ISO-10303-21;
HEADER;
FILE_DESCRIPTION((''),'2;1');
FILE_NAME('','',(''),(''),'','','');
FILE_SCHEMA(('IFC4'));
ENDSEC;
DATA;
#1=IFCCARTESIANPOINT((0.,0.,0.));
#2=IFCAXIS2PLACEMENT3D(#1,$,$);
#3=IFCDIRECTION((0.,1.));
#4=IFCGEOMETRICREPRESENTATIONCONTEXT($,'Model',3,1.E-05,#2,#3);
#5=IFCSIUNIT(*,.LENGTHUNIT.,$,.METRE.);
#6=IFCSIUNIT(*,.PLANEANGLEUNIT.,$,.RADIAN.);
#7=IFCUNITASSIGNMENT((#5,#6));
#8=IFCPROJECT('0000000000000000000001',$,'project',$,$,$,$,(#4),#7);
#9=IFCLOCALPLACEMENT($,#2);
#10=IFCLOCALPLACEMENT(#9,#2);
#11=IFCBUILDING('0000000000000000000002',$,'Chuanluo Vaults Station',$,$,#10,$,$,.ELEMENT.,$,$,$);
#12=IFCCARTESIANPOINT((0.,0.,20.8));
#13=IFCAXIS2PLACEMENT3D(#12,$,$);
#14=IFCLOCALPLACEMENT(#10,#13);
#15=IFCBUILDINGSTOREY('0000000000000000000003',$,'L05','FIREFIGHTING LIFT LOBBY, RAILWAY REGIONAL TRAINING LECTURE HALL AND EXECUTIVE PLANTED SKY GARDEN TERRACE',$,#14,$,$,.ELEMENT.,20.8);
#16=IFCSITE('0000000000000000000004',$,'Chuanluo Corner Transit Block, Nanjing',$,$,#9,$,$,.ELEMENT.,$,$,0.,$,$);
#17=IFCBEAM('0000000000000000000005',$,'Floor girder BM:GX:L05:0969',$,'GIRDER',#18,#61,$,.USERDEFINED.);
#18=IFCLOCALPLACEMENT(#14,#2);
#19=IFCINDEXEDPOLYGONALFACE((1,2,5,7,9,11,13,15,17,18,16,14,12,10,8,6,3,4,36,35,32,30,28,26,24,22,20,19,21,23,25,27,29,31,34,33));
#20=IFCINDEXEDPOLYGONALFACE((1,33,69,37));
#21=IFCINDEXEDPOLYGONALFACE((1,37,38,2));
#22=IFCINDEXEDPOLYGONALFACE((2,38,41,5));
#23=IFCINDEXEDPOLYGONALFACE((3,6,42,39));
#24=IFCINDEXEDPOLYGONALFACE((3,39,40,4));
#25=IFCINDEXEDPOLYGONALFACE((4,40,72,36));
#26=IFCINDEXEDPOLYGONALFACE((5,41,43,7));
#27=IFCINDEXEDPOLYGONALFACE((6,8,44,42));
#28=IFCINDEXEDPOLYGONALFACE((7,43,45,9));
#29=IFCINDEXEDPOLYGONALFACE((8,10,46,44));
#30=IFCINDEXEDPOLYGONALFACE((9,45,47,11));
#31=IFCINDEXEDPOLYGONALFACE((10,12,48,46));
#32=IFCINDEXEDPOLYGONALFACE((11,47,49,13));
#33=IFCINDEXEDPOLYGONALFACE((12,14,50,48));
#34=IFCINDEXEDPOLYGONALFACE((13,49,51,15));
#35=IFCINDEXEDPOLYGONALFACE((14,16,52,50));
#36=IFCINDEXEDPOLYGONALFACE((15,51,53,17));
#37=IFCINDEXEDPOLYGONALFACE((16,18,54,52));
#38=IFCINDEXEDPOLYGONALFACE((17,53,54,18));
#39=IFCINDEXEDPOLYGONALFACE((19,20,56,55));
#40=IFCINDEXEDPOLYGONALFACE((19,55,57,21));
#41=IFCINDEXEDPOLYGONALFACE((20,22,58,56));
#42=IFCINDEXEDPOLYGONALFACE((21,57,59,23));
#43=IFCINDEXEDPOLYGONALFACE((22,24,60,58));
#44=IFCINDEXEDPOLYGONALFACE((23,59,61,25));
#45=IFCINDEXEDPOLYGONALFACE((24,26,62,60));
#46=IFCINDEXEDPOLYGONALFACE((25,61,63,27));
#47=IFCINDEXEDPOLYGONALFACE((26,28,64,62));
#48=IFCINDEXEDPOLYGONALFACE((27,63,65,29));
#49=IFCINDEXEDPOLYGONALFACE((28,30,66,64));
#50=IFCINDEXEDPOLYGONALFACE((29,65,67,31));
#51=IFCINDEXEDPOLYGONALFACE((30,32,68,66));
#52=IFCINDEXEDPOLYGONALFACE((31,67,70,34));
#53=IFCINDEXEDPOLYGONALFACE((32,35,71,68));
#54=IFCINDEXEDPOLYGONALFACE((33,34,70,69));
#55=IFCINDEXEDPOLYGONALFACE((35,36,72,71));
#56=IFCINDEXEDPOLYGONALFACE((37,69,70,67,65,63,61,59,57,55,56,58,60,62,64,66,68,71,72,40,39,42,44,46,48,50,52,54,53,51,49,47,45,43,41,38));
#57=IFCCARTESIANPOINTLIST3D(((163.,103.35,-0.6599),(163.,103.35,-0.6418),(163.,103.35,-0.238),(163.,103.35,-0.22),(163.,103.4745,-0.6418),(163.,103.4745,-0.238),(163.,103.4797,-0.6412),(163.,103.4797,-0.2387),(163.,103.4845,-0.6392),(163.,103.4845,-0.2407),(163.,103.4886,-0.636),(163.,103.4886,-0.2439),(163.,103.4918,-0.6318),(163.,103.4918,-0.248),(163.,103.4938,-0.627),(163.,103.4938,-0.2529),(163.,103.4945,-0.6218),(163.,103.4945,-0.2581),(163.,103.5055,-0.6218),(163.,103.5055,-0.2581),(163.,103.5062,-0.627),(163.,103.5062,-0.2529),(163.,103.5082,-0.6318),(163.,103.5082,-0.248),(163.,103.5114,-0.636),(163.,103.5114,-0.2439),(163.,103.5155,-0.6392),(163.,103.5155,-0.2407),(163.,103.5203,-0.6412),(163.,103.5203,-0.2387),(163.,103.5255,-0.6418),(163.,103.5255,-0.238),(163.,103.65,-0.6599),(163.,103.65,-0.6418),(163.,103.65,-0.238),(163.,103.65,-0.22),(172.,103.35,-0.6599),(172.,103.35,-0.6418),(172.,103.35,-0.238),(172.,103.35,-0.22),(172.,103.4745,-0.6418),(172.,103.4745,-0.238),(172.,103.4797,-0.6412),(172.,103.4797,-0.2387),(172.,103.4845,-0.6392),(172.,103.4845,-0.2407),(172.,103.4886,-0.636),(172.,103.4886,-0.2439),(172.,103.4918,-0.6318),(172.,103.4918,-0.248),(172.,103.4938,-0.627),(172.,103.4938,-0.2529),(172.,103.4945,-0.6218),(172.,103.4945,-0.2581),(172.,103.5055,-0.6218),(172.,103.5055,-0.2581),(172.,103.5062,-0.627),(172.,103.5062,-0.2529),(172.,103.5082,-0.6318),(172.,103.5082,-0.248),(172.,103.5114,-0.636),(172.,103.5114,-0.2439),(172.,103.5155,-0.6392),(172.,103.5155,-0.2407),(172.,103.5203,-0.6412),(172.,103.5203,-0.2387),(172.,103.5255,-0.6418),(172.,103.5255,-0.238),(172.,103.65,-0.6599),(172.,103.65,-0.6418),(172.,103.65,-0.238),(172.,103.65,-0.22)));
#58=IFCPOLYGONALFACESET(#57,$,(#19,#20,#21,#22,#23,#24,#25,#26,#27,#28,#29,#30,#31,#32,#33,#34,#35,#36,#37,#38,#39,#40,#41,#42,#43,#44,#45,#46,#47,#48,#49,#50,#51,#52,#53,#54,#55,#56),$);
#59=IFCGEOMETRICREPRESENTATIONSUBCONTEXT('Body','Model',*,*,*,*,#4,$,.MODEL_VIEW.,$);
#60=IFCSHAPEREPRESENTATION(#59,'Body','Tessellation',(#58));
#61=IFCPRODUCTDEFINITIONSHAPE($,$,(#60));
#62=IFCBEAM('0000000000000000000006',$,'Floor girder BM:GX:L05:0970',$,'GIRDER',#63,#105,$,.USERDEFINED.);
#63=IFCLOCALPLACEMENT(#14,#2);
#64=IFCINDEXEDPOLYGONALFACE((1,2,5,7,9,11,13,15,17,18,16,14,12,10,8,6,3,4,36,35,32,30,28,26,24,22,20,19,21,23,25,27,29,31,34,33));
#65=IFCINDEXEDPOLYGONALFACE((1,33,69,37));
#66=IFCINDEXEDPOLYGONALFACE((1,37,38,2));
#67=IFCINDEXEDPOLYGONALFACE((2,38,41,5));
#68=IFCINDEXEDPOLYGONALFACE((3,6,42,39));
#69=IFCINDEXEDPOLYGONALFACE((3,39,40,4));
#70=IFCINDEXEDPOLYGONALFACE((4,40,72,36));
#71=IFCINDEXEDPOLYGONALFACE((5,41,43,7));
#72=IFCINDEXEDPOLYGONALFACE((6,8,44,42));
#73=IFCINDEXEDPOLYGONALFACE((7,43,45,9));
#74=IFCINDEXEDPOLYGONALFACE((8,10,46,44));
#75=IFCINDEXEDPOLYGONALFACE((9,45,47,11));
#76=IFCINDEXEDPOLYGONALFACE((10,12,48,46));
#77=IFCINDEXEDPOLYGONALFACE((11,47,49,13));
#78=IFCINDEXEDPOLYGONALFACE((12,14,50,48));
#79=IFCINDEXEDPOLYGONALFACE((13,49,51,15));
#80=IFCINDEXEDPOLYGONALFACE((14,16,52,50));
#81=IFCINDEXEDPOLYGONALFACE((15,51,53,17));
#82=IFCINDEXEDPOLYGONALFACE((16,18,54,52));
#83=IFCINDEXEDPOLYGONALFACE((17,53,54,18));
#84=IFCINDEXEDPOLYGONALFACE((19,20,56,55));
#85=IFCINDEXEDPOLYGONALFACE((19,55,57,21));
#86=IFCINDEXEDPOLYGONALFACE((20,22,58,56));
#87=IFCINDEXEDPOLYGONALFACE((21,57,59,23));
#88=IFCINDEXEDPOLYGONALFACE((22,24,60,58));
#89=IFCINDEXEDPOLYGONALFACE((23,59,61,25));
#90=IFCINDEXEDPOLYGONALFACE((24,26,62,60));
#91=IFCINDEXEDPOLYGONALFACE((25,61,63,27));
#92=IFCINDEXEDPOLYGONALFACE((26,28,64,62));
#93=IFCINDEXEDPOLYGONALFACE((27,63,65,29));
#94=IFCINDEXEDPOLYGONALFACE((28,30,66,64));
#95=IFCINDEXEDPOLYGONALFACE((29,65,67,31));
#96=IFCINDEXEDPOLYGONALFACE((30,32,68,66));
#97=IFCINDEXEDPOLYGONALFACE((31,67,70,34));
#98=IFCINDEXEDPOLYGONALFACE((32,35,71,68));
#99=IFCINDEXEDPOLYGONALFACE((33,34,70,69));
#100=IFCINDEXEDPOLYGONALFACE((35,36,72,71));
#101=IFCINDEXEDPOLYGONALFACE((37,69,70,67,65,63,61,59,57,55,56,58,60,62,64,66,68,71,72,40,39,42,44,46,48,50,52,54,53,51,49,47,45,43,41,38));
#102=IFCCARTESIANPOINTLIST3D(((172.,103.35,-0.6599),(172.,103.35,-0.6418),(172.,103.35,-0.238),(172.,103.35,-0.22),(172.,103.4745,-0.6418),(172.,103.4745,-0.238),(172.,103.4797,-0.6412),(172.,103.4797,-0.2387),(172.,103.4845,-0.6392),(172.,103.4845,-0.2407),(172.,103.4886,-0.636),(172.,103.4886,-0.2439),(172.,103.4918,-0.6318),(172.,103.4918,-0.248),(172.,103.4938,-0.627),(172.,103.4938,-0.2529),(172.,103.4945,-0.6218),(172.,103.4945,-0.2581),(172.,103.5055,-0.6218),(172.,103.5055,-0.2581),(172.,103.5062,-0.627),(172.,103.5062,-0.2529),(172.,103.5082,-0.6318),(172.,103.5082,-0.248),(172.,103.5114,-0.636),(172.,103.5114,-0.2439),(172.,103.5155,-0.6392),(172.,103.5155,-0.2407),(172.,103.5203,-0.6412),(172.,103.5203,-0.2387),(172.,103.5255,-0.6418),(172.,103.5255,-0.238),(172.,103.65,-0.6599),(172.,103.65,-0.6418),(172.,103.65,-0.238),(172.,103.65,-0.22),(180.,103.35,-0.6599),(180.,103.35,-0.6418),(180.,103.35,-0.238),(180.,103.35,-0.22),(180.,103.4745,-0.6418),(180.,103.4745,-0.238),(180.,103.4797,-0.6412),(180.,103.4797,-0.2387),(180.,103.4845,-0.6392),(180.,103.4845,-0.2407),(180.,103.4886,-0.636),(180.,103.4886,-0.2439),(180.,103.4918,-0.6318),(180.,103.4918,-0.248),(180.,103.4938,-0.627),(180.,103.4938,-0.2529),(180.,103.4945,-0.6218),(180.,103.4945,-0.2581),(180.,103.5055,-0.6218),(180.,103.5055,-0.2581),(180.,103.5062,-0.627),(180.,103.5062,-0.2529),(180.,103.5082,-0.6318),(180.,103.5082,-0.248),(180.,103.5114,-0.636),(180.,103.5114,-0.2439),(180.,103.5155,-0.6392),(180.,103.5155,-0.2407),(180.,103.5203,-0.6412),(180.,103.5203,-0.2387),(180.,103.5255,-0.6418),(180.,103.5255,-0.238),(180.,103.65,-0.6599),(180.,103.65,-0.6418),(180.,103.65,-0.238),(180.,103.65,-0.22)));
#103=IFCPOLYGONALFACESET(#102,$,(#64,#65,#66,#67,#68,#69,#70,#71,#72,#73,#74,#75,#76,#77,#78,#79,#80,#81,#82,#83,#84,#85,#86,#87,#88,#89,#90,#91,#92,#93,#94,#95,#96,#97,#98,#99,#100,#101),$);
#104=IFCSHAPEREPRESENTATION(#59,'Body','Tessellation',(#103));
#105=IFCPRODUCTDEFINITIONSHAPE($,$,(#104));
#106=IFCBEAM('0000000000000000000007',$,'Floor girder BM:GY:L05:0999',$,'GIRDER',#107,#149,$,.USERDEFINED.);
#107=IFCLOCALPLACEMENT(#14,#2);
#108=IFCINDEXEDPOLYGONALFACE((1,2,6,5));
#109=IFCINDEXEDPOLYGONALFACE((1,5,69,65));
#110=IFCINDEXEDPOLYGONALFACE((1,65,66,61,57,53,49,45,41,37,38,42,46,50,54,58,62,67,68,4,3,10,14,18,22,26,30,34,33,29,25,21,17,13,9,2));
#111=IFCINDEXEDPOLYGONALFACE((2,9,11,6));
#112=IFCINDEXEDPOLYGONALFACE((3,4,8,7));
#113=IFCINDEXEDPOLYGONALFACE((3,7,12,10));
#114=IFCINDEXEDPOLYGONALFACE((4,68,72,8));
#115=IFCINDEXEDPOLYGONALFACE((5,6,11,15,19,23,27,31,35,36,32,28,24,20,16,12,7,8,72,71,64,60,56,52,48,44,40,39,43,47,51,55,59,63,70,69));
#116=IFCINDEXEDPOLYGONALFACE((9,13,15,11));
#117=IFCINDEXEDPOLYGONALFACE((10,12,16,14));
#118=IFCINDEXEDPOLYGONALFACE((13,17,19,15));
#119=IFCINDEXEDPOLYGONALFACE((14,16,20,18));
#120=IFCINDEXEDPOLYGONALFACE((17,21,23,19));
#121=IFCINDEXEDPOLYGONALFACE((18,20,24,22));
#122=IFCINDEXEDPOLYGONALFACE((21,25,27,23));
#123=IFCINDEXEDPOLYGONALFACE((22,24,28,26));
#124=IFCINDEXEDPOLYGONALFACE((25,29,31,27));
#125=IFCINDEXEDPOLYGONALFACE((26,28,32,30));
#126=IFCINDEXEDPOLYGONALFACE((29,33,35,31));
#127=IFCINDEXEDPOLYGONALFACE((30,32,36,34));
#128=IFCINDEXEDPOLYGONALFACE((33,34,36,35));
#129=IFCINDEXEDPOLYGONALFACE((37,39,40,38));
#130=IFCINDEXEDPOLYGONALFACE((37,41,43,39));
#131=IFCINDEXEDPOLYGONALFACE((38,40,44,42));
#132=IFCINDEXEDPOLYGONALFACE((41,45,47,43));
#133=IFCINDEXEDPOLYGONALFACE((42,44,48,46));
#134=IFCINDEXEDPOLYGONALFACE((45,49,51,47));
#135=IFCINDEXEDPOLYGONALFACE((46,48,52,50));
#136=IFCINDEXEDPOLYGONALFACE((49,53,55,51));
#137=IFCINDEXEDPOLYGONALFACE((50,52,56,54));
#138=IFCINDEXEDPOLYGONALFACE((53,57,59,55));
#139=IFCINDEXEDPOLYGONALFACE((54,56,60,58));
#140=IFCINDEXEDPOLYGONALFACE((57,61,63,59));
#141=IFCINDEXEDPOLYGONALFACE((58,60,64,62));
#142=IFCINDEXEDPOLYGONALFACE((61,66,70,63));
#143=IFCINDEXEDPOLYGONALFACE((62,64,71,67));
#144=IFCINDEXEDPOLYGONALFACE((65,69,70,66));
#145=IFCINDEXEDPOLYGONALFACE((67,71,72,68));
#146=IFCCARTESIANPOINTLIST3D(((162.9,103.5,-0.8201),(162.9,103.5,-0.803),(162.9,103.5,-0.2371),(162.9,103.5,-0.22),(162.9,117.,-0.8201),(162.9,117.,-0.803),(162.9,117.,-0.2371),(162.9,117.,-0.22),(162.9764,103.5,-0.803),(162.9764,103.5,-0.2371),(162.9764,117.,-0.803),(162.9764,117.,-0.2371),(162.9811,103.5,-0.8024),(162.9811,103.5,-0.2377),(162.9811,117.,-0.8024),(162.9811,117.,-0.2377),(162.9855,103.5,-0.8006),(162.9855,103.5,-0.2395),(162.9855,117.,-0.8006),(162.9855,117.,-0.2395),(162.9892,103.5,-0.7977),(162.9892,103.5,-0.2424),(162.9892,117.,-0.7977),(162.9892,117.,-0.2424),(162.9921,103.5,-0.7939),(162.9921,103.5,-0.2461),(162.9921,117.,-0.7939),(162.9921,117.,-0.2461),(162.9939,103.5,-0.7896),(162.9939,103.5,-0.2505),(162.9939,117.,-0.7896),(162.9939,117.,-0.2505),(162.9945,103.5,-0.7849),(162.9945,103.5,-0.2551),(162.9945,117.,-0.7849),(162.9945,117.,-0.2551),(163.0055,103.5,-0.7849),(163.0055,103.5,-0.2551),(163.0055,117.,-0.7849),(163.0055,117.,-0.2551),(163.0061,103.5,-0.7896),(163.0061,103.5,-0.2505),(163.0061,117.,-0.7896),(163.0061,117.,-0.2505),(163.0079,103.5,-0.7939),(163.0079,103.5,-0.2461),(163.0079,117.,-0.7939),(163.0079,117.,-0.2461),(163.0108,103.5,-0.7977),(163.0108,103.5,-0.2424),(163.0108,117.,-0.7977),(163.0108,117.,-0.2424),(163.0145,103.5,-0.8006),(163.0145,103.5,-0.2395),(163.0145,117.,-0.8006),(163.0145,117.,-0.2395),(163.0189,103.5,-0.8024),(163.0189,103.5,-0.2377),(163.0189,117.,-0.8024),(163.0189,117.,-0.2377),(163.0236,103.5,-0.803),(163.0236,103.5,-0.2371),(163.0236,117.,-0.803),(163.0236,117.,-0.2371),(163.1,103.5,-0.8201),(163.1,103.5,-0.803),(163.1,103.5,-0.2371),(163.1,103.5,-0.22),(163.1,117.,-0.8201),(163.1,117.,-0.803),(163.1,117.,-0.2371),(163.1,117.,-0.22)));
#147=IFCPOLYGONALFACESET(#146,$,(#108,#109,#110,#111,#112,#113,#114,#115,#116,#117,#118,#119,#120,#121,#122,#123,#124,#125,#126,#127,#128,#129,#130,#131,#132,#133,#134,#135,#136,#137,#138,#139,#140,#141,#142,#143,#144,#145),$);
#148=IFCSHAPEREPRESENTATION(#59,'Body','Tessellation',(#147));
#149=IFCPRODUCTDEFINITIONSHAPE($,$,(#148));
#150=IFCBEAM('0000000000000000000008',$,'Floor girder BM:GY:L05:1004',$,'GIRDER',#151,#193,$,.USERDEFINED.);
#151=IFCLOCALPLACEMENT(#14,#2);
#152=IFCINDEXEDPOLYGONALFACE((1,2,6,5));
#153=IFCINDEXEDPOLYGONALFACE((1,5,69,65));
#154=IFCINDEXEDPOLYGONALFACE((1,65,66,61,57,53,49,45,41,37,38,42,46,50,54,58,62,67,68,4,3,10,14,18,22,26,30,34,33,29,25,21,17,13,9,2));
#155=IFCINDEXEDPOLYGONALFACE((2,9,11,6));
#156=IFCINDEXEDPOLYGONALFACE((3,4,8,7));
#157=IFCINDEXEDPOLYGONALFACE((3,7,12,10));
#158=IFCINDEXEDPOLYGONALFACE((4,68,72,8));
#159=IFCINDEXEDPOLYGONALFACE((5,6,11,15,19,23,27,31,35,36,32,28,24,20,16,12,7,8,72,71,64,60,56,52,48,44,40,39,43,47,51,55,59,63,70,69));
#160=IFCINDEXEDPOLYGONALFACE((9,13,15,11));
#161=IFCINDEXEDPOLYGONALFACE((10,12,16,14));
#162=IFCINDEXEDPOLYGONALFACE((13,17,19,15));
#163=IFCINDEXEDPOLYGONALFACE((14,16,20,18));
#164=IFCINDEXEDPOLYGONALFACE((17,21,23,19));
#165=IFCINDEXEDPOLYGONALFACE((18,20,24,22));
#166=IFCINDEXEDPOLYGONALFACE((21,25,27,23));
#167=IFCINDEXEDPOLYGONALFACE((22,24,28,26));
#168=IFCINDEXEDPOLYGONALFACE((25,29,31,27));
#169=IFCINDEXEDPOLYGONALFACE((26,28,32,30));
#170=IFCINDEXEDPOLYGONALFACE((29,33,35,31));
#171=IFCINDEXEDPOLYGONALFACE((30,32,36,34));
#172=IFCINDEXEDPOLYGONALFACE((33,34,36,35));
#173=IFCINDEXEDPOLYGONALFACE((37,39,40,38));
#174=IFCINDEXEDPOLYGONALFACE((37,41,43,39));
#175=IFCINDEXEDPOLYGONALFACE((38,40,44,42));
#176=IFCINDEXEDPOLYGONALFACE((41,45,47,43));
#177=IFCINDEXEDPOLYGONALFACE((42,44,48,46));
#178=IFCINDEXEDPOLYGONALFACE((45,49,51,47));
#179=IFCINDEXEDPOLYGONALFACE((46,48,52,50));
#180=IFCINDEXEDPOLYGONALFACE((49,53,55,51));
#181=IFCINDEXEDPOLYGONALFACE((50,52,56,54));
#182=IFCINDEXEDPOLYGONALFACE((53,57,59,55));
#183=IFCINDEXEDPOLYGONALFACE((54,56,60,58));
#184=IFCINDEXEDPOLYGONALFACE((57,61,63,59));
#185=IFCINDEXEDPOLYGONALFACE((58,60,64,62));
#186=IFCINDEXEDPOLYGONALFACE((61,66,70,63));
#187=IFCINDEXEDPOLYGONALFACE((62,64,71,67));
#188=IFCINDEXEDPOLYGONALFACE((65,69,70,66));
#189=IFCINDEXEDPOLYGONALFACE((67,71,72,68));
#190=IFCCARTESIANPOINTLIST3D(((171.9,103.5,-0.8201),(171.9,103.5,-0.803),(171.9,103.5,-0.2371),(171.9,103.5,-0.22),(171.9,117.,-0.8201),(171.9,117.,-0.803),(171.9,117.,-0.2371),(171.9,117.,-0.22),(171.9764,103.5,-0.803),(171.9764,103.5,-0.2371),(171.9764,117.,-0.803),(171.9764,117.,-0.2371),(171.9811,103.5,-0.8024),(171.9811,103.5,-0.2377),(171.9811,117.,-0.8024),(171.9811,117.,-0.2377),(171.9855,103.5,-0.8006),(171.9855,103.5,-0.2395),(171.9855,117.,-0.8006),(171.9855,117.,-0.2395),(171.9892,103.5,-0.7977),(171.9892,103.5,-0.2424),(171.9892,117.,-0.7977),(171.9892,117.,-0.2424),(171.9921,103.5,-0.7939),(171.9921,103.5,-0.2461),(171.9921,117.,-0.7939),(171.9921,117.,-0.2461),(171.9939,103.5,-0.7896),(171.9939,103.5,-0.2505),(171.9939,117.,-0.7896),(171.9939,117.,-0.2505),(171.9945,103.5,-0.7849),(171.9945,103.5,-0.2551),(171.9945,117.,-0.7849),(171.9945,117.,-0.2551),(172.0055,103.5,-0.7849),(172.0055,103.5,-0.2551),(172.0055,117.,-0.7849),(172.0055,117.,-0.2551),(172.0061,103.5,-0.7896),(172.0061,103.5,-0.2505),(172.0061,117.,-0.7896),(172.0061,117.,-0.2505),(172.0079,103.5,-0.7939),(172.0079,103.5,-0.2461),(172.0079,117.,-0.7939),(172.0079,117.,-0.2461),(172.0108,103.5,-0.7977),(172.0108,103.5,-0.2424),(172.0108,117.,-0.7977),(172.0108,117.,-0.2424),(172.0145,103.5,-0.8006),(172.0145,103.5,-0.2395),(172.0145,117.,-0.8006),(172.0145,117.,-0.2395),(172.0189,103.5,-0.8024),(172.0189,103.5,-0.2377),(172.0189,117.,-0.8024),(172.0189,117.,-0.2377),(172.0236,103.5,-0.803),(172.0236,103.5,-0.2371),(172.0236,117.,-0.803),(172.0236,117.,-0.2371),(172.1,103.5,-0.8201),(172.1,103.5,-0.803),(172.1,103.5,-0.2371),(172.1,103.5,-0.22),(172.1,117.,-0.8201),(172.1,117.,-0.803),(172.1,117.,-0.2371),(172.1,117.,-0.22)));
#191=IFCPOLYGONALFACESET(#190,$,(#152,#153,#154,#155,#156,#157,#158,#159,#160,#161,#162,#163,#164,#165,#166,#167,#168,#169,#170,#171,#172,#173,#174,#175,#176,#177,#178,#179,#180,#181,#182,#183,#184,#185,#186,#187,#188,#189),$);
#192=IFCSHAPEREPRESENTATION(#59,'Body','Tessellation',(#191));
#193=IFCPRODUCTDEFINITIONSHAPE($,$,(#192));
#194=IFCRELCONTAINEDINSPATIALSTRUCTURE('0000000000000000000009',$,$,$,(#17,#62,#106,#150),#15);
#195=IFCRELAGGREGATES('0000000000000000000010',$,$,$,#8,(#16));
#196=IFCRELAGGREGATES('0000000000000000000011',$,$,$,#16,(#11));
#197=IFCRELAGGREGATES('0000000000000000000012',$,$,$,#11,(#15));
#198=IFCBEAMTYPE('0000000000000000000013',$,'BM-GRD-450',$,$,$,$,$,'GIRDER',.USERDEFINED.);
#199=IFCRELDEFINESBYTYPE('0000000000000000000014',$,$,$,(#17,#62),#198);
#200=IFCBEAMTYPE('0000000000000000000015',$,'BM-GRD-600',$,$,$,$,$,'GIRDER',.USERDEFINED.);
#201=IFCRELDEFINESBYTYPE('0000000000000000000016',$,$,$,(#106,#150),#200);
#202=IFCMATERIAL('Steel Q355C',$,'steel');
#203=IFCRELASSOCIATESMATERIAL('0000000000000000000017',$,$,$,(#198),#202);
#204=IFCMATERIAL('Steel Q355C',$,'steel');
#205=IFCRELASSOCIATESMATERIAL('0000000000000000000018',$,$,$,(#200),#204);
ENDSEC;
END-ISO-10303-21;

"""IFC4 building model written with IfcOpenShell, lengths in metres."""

from ifc_helpers import new_model, si_unit, direction, frame, origin, origin_2d, place, context, subcontext, project, spatial, i_section, extrude, material, material_profile, profile_set, type_object, element, save


model = new_model("IFC4")

# Units and contexts
model_context = context("Model", 3, precision=1e-05, world=origin(), true_north=direction((0.0, 1.0)))
body_context = subcontext(model_context, "Body", "Model", "MODEL_VIEW")
ifc_project = project(units=[si_unit("LENGTHUNIT", "METRE"), si_unit("PLANEANGLEUNIT", "RADIAN")], contexts=[model_context])

# Site, building, storey
site_placement = place(None, origin())
site = spatial("IfcSite", under=ifc_project, at=site_placement, Name="Chuanluo Corner Transit Block, Nanjing", CompositionType="ELEMENT", RefElevation=0.0)
building_placement = place(site_placement, origin())
building = spatial("IfcBuilding", under=site, at=building_placement, Name="Chuanluo Vaults Station", CompositionType="ELEMENT")
storey_placement = place(building_placement, frame((0.0, 0.0, 20.8)))
storey = spatial("IfcBuildingStorey", under=building, at=storey_placement, Name="L05", Description="FIREFIGHTING LIFT LOBBY, RAILWAY REGIONAL TRAINING LECTURE HALL AND EXECUTIVE PLANTED SKY GARDEN TERRACE", CompositionType="ELEMENT", Elevation=20.8)

# Beams
ifc_material_1 = material(Name="Steel Q355C", Category="steel")
ifc_material_profile_1 = material_profile(ifc_material_1, i_section(OverallWidth=0.3, OverallDepth=0.4399, WebThickness=0.011, FlangeThickness=0.0181, FilletRadius=0.02, at=origin_2d()))
ifc_profile_set_1 = profile_set([ifc_material_profile_1], Name="Steel Q355C")
beam_type_1 = type_object("IfcBeamType", Name="BM-GRD-450", ElementType="GIRDER", PredefinedType="USERDEFINED", material=ifc_profile_set_1)
for number, where, z_axis, x_axis, name in (
    (1, (163.0, 103.5, -0.4399), (1.0, 0.0, 0.0), (0.0, 1.0, 0.0), "Floor girder BM:GX:L05:0969"),
):
    element("IfcBeam", number, at=place(storey_placement, frame(where, z_axis=z_axis, x_axis=x_axis)), inside=storey, type_object=beam_type_1, Name=name, ObjectType="GIRDER", PredefinedType="USERDEFINED", context=body_context, shape_type="SweptSolid", body=[
        extrude(i_section(OverallWidth=0.3, OverallDepth=0.4399, WebThickness=0.011, FlangeThickness=0.0181, FilletRadius=0.02, at=origin_2d()), origin(), (0.0, 0.0, 1.0), 9.0),
    ])
beam_1_placement = place(storey_placement, frame((172.0, 103.5, -0.4399), z_axis=(1.0, 0.0, 0.0), x_axis=(0.0, 1.0, 0.0)))
element("IfcBeam", 2, at=beam_1_placement, inside=storey, type_object=beam_type_1, Name="Floor girder BM:GX:L05:0970", ObjectType="GIRDER", PredefinedType="USERDEFINED", context=body_context, shape_type="SweptSolid", body=[
    extrude(i_section(OverallWidth=0.3, OverallDepth=0.4399, WebThickness=0.011, FlangeThickness=0.0181, FilletRadius=0.02, at=origin_2d()), origin(), (0.0, 0.0, 1.0), 8.0),
])
ifc_material_2 = material(Name="Steel Q355C", Category="steel")
ifc_material_profile_2 = material_profile(ifc_material_2, i_section(OverallWidth=0.2, OverallDepth=0.6001, WebThickness=0.011, FlangeThickness=0.0171, FilletRadius=0.0181, at=origin_2d()))
ifc_profile_set_2 = profile_set([ifc_material_profile_2], Name="Steel Q355C")
beam_type_2 = type_object("IfcBeamType", Name="BM-GRD-600", ElementType="GIRDER", PredefinedType="USERDEFINED", material=ifc_profile_set_2)
for number, where, z_axis, x_axis, name in (
    (3, (163.0, 103.5, -0.52), (0.0, 1.0, 0.0), (-1.0, 0.0, 0.0), "Floor girder BM:GY:L05:0999"),
    (4, (172.0, 103.5, -0.52), (0.0, 1.0, 0.0), (-1.0, 0.0, 0.0), "Floor girder BM:GY:L05:1004"),
):
    element("IfcBeam", number, at=place(storey_placement, frame(where, z_axis=z_axis, x_axis=x_axis)), inside=storey, type_object=beam_type_2, Name=name, ObjectType="GIRDER", PredefinedType="USERDEFINED", context=body_context, shape_type="SweptSolid", body=[
        extrude(i_section(OverallWidth=0.2, OverallDepth=0.6001, WebThickness=0.011, FlangeThickness=0.0171, FilletRadius=0.0181, at=origin_2d()), origin(), (0.0, 0.0, 1.0), 13.5),
    ])

save(model, "model.ifc")
